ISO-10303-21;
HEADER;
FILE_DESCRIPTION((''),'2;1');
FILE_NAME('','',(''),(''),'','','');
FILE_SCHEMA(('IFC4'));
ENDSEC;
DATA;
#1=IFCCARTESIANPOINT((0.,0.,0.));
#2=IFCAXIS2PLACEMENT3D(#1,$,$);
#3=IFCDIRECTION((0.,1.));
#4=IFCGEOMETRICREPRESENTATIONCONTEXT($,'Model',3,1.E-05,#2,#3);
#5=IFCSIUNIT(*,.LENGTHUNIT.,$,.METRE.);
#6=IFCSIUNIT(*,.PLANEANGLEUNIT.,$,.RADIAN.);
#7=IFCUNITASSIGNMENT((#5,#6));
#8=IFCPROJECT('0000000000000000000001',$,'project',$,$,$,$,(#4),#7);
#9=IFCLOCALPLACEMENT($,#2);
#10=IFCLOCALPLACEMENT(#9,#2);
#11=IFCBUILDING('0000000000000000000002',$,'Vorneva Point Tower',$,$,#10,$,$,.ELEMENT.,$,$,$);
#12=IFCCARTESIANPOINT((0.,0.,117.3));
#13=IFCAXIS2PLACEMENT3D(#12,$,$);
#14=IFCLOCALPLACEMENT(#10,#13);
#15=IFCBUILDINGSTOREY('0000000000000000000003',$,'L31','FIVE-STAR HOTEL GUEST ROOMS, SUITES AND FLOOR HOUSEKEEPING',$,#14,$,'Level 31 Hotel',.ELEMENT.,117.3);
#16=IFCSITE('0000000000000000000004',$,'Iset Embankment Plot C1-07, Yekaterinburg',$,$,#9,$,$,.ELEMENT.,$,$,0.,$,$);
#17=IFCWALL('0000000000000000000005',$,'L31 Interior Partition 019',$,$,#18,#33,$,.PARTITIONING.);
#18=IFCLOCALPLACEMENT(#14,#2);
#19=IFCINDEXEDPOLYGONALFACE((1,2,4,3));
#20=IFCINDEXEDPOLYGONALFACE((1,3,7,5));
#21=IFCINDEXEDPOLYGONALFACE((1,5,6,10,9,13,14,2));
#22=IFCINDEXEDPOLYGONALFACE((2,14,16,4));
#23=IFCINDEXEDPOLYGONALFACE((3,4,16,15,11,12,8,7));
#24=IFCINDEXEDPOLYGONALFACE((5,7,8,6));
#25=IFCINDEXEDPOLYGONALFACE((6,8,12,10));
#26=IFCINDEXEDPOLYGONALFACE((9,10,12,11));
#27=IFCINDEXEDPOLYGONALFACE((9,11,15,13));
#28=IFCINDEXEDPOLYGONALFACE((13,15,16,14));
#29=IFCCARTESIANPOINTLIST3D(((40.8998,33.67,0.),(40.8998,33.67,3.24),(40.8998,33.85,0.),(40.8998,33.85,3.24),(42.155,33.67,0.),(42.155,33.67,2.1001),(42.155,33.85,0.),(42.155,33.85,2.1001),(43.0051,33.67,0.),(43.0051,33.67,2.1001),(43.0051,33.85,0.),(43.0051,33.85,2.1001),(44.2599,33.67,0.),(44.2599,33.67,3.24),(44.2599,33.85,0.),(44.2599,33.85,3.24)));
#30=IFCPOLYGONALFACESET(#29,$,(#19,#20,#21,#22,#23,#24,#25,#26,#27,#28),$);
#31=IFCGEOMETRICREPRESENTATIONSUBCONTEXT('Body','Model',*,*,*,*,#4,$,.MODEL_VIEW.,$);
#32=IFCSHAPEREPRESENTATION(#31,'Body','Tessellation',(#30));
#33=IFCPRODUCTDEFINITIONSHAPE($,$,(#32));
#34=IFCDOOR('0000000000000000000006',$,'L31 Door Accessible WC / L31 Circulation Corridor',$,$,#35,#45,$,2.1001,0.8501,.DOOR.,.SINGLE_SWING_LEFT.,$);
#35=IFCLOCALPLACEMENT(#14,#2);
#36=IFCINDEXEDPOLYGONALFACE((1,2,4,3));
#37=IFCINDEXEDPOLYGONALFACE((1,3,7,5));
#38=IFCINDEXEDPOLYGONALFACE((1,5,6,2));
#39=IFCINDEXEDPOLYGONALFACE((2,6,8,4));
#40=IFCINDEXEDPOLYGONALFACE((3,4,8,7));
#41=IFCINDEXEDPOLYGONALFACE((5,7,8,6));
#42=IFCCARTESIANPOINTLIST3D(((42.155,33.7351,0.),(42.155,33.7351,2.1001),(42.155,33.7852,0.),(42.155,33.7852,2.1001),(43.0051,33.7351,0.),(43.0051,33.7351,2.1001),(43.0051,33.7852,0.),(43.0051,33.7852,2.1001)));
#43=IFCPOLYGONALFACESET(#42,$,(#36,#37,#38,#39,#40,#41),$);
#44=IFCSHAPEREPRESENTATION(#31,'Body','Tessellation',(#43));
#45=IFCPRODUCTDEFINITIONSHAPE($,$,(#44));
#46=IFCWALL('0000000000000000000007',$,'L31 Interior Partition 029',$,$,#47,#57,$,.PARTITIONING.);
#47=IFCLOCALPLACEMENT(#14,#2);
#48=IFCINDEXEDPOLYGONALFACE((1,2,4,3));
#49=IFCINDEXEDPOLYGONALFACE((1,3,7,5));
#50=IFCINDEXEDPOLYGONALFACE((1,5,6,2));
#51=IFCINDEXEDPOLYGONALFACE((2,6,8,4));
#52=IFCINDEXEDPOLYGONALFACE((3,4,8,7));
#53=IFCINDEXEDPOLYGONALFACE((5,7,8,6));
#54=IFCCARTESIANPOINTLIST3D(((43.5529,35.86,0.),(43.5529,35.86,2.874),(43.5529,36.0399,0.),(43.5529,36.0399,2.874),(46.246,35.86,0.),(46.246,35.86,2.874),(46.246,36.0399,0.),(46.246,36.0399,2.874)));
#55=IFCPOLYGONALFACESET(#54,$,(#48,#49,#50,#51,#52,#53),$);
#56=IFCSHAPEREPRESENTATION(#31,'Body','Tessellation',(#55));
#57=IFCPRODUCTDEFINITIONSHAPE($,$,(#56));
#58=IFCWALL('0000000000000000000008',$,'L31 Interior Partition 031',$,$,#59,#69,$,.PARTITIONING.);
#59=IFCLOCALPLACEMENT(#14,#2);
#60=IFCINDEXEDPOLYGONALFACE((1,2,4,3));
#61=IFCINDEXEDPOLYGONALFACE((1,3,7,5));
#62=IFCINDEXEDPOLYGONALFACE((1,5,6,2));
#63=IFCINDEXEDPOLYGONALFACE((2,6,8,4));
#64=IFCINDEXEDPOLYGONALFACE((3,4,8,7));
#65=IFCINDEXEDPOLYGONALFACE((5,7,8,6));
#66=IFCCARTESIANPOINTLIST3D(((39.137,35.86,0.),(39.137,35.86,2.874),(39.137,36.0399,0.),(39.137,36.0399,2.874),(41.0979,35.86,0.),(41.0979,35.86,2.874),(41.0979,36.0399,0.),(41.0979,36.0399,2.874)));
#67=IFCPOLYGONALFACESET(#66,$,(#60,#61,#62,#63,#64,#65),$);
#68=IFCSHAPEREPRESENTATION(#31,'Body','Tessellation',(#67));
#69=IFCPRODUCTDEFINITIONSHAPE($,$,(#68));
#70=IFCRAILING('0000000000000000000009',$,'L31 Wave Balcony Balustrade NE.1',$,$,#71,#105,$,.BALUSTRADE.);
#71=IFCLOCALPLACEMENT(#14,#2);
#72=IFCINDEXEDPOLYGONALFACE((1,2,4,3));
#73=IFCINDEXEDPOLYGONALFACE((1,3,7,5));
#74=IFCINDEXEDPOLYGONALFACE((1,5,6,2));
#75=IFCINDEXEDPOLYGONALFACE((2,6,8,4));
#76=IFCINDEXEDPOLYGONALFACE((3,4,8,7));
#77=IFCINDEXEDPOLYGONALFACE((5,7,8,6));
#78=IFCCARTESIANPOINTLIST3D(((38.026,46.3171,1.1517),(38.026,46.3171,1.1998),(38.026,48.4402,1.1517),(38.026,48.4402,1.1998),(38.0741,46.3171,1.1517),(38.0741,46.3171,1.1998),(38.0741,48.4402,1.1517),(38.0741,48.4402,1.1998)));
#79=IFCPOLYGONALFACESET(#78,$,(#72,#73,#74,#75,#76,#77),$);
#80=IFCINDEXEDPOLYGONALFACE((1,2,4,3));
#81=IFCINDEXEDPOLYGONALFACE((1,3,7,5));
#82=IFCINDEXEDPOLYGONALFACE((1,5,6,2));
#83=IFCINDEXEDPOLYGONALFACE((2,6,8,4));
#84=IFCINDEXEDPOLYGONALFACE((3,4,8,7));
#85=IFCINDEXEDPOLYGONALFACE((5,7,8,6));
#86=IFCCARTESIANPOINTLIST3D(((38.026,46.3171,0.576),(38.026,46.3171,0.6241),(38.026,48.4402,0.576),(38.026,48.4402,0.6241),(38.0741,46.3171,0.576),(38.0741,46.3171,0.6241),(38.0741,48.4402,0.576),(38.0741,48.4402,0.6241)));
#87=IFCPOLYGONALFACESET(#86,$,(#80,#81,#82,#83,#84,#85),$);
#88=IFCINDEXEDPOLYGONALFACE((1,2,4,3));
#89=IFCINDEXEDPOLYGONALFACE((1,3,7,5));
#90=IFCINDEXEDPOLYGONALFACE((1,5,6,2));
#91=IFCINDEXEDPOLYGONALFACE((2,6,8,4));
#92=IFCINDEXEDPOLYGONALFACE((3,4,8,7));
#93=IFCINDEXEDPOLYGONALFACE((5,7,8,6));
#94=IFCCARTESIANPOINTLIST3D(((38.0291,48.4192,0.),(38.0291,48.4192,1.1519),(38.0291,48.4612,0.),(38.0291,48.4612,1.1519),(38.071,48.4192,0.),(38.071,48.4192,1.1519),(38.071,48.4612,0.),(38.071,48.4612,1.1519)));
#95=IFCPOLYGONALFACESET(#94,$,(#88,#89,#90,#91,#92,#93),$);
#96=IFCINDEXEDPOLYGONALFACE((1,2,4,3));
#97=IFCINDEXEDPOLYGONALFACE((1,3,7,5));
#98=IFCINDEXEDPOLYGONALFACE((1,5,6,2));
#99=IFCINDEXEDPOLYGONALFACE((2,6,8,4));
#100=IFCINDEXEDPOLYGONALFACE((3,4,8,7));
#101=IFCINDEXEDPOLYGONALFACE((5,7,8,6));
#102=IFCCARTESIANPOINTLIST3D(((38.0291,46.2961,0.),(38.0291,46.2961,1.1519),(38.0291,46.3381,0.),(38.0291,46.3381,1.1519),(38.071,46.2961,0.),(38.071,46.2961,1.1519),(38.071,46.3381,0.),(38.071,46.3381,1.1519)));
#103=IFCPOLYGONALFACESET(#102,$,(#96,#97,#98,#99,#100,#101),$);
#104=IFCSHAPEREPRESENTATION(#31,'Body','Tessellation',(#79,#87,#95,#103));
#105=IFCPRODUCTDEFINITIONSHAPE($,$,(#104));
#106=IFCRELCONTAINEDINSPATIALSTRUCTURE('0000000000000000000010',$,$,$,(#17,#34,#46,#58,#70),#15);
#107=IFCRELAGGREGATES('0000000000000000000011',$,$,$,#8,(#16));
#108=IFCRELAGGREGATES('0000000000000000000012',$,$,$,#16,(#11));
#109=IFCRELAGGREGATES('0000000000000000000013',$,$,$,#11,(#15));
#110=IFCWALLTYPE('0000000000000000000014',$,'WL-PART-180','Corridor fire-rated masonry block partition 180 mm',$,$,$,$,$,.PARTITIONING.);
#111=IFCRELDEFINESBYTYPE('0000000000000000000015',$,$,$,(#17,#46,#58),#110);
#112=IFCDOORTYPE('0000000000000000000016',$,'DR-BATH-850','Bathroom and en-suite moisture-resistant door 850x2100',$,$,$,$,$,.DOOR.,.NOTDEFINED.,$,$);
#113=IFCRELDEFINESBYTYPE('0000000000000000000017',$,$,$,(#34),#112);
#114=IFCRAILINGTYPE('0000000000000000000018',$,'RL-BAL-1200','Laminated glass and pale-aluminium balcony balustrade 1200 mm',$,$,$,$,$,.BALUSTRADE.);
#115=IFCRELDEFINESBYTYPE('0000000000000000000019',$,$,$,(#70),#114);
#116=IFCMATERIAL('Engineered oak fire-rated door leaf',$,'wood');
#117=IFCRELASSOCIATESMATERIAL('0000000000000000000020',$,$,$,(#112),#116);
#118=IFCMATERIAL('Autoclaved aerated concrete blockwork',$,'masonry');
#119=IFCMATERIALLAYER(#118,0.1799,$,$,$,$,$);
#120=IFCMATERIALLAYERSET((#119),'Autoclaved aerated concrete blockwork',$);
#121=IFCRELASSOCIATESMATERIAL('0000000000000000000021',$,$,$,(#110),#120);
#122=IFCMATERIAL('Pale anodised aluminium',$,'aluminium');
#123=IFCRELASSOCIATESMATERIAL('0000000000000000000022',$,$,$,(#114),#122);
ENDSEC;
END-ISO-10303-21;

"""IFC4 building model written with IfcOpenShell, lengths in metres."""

from ifc_helpers import new_model, si_unit, direction, frame, frame_2d, origin, origin_2d, place, context, subcontext, project, spatial, rectangle, extrude, material, layer, layer_set, type_object, element, fill, save


model = new_model("IFC4")

# Units and contexts
model_context = context("Model", 3, precision=1e-05, world=origin(), true_north=direction((0.0, 1.0)))
body_context = subcontext(model_context, "Body", "Model", "MODEL_VIEW")
ifc_project = project(units=[si_unit("LENGTHUNIT", "METRE"), si_unit("PLANEANGLEUNIT", "RADIAN")], contexts=[model_context])

# Site, building, storey
site_placement = place(None, origin())
site = spatial("IfcSite", under=ifc_project, at=site_placement, Name="Iset Embankment Plot C1-07, Yekaterinburg", CompositionType="ELEMENT", RefElevation=0.0)
building_placement = place(site_placement, origin())
building = spatial("IfcBuilding", under=site, at=building_placement, Name="Vorneva Point Tower", CompositionType="ELEMENT")
storey_placement = place(building_placement, frame((0.0, 0.0, 117.3)))
storey = spatial("IfcBuildingStorey", under=building, at=storey_placement, Name="L31", Description="FIVE-STAR HOTEL GUEST ROOMS, SUITES AND FLOOR HOUSEKEEPING", LongName="Level 31 Hotel", CompositionType="ELEMENT", Elevation=117.3)

# Shared definitions
ifc_material_1 = material(Name="Pale anodised aluminium", Category="aluminium")

# Shared definitions
ifc_material_2 = material(Name="Engineered oak fire-rated door leaf", Category="wood")
door_type_1 = type_object("IfcDoorType", Name="DR-BATH-850", Description="Bathroom and en-suite moisture-resistant door 850x2100", OperationType="NOTDEFINED", PredefinedType="DOOR", material=ifc_material_2)

# Wall, opening, door
ifc_material_3 = material(Name="Autoclaved aerated concrete blockwork", Category="masonry")
ifc_layer_1 = layer(ifc_material_3, 0.1799)
ifc_layer_set_1 = layer_set([ifc_layer_1], Name="Autoclaved aerated concrete blockwork")
wall_type_1 = type_object("IfcWallType", Name="WL-PART-180", Description="Corridor fire-rated masonry block partition 180 mm", PredefinedType="PARTITIONING", material=ifc_layer_set_1)
wall_1_placement = place(storey_placement, frame((44.26, 33.76, 0.0), z_axis=(0.0, 0.0, 1.0), x_axis=(-1.0, 0.0, 0.0)))
wall_1 = element("IfcWall", 1, at=wall_1_placement, inside=storey, type_object=wall_type_1, Name="L31 Interior Partition 019", PredefinedType="PARTITIONING", context=body_context, shape_type="SweptSolid", body=[
    extrude(rectangle(XDim=3.3601, YDim=0.1799, at=frame_2d((1.6802, 0.0))), origin(), (0.0, 0.0, 1.0), 3.24),
])
opening_1_placement = place(wall_1_placement, frame((1.2549, 0.0, 0.0)))
opening_1 = element("IfcOpeningElement", 2, at=opening_1_placement, cuts=wall_1, PredefinedType="OPENING", context=body_context, shape_type="SweptSolid", body=[
    extrude(rectangle(XDim=0.8501, YDim=2.1001, at=frame_2d((0.425, 1.05))), frame((0.0, 0.105, 0.0), z_axis=(0.0, -1.0, 0.0), x_axis=(1.0, 0.0, 0.0)), (0.0, 0.0, 1.0), 0.2097),
])
door_1_placement = place(opening_1_placement, origin())
door_1 = element("IfcDoor", 3, at=door_1_placement, inside=storey, type_object=door_type_1, Name="L31 Door Accessible WC / L31 Circulation Corridor", OperationType="SINGLE_SWING_LEFT", OverallHeight=2.1001, OverallWidth=0.8501, PredefinedType="DOOR", context=body_context, shape_type="SweptSolid", body=[
    extrude(rectangle(XDim=0.8501, YDim=2.1001, at=frame_2d((0.425, 1.05))), frame((0.0, 0.0249, 0.0), z_axis=(0.0, -1.0, 0.0), x_axis=(1.0, 0.0, 0.0)), (0.0, 0.0, 1.0), 0.05),
])
fill(opening_1, door_1)

# Wall
wall_2_placement = place(storey_placement, frame((46.2461, 35.95, 0.0), z_axis=(0.0, 0.0, 1.0), x_axis=(-1.0, 0.0, 0.0)))
element("IfcWall", 4, at=wall_2_placement, inside=storey, type_object=wall_type_1, Name="L31 Interior Partition 029", PredefinedType="PARTITIONING", context=body_context, shape_type="SweptSolid", body=[
    extrude(rectangle(XDim=2.6931, YDim=0.1799, at=frame_2d((1.3467, 0.0))), origin(), (0.0, 0.0, 1.0), 2.874),
])

# Wall
wall_3_placement = place(storey_placement, frame((41.0979, 35.95, 0.0), z_axis=(0.0, 0.0, 1.0), x_axis=(-1.0, 0.0, 0.0)))
element("IfcWall", 5, at=wall_3_placement, inside=storey, type_object=wall_type_1, Name="L31 Interior Partition 031", PredefinedType="PARTITIONING", context=body_context, shape_type="SweptSolid", body=[
    extrude(rectangle(XDim=1.9609, YDim=0.1799, at=frame_2d((0.9805, 0.0))), origin(), (0.0, 0.0, 1.0), 2.874),
])

# Railing
railing_type = type_object("IfcRailingType", Name="RL-BAL-1200", Description="Laminated glass and pale-aluminium balcony balustrade 1200 mm", PredefinedType="BALUSTRADE", material=ifc_material_1)
railing_placement = place(storey_placement, frame((38.05, 48.4402, 0.0)))
element("IfcRailing", 6, at=railing_placement, inside=storey, type_object=railing_type, Name="L31 Wave Balcony Balustrade NE.1", PredefinedType="BALUSTRADE", context=body_context, shape_type="SweptSolid", body=[
    extrude(rectangle(XDim=0.0481, YDim=0.0481, at=origin_2d()), frame((0.0, 0.0, 1.1758), z_axis=(0.0, -1.0, 0.0), x_axis=(1.0, 0.0, 0.0)), (0.0, 0.0, 1.0), 2.123),
    extrude(rectangle(XDim=0.0481, YDim=0.0481, at=origin_2d()), frame((0.0, 0.0, 0.6001), z_axis=(0.0, -1.0, 0.0), x_axis=(1.0, 0.0, 0.0)), (0.0, 0.0, 1.0), 2.123),
    extrude(rectangle(XDim=0.042, YDim=0.042, at=origin_2d()), origin(), (0.0, 0.0, 1.0), 1.1519),
    extrude(rectangle(XDim=0.042, YDim=0.042, at=origin_2d()), frame((0.0, -2.123, 0.0)), (0.0, 0.0, 1.0), 1.1519),
])

save(model, "model.ifc")
